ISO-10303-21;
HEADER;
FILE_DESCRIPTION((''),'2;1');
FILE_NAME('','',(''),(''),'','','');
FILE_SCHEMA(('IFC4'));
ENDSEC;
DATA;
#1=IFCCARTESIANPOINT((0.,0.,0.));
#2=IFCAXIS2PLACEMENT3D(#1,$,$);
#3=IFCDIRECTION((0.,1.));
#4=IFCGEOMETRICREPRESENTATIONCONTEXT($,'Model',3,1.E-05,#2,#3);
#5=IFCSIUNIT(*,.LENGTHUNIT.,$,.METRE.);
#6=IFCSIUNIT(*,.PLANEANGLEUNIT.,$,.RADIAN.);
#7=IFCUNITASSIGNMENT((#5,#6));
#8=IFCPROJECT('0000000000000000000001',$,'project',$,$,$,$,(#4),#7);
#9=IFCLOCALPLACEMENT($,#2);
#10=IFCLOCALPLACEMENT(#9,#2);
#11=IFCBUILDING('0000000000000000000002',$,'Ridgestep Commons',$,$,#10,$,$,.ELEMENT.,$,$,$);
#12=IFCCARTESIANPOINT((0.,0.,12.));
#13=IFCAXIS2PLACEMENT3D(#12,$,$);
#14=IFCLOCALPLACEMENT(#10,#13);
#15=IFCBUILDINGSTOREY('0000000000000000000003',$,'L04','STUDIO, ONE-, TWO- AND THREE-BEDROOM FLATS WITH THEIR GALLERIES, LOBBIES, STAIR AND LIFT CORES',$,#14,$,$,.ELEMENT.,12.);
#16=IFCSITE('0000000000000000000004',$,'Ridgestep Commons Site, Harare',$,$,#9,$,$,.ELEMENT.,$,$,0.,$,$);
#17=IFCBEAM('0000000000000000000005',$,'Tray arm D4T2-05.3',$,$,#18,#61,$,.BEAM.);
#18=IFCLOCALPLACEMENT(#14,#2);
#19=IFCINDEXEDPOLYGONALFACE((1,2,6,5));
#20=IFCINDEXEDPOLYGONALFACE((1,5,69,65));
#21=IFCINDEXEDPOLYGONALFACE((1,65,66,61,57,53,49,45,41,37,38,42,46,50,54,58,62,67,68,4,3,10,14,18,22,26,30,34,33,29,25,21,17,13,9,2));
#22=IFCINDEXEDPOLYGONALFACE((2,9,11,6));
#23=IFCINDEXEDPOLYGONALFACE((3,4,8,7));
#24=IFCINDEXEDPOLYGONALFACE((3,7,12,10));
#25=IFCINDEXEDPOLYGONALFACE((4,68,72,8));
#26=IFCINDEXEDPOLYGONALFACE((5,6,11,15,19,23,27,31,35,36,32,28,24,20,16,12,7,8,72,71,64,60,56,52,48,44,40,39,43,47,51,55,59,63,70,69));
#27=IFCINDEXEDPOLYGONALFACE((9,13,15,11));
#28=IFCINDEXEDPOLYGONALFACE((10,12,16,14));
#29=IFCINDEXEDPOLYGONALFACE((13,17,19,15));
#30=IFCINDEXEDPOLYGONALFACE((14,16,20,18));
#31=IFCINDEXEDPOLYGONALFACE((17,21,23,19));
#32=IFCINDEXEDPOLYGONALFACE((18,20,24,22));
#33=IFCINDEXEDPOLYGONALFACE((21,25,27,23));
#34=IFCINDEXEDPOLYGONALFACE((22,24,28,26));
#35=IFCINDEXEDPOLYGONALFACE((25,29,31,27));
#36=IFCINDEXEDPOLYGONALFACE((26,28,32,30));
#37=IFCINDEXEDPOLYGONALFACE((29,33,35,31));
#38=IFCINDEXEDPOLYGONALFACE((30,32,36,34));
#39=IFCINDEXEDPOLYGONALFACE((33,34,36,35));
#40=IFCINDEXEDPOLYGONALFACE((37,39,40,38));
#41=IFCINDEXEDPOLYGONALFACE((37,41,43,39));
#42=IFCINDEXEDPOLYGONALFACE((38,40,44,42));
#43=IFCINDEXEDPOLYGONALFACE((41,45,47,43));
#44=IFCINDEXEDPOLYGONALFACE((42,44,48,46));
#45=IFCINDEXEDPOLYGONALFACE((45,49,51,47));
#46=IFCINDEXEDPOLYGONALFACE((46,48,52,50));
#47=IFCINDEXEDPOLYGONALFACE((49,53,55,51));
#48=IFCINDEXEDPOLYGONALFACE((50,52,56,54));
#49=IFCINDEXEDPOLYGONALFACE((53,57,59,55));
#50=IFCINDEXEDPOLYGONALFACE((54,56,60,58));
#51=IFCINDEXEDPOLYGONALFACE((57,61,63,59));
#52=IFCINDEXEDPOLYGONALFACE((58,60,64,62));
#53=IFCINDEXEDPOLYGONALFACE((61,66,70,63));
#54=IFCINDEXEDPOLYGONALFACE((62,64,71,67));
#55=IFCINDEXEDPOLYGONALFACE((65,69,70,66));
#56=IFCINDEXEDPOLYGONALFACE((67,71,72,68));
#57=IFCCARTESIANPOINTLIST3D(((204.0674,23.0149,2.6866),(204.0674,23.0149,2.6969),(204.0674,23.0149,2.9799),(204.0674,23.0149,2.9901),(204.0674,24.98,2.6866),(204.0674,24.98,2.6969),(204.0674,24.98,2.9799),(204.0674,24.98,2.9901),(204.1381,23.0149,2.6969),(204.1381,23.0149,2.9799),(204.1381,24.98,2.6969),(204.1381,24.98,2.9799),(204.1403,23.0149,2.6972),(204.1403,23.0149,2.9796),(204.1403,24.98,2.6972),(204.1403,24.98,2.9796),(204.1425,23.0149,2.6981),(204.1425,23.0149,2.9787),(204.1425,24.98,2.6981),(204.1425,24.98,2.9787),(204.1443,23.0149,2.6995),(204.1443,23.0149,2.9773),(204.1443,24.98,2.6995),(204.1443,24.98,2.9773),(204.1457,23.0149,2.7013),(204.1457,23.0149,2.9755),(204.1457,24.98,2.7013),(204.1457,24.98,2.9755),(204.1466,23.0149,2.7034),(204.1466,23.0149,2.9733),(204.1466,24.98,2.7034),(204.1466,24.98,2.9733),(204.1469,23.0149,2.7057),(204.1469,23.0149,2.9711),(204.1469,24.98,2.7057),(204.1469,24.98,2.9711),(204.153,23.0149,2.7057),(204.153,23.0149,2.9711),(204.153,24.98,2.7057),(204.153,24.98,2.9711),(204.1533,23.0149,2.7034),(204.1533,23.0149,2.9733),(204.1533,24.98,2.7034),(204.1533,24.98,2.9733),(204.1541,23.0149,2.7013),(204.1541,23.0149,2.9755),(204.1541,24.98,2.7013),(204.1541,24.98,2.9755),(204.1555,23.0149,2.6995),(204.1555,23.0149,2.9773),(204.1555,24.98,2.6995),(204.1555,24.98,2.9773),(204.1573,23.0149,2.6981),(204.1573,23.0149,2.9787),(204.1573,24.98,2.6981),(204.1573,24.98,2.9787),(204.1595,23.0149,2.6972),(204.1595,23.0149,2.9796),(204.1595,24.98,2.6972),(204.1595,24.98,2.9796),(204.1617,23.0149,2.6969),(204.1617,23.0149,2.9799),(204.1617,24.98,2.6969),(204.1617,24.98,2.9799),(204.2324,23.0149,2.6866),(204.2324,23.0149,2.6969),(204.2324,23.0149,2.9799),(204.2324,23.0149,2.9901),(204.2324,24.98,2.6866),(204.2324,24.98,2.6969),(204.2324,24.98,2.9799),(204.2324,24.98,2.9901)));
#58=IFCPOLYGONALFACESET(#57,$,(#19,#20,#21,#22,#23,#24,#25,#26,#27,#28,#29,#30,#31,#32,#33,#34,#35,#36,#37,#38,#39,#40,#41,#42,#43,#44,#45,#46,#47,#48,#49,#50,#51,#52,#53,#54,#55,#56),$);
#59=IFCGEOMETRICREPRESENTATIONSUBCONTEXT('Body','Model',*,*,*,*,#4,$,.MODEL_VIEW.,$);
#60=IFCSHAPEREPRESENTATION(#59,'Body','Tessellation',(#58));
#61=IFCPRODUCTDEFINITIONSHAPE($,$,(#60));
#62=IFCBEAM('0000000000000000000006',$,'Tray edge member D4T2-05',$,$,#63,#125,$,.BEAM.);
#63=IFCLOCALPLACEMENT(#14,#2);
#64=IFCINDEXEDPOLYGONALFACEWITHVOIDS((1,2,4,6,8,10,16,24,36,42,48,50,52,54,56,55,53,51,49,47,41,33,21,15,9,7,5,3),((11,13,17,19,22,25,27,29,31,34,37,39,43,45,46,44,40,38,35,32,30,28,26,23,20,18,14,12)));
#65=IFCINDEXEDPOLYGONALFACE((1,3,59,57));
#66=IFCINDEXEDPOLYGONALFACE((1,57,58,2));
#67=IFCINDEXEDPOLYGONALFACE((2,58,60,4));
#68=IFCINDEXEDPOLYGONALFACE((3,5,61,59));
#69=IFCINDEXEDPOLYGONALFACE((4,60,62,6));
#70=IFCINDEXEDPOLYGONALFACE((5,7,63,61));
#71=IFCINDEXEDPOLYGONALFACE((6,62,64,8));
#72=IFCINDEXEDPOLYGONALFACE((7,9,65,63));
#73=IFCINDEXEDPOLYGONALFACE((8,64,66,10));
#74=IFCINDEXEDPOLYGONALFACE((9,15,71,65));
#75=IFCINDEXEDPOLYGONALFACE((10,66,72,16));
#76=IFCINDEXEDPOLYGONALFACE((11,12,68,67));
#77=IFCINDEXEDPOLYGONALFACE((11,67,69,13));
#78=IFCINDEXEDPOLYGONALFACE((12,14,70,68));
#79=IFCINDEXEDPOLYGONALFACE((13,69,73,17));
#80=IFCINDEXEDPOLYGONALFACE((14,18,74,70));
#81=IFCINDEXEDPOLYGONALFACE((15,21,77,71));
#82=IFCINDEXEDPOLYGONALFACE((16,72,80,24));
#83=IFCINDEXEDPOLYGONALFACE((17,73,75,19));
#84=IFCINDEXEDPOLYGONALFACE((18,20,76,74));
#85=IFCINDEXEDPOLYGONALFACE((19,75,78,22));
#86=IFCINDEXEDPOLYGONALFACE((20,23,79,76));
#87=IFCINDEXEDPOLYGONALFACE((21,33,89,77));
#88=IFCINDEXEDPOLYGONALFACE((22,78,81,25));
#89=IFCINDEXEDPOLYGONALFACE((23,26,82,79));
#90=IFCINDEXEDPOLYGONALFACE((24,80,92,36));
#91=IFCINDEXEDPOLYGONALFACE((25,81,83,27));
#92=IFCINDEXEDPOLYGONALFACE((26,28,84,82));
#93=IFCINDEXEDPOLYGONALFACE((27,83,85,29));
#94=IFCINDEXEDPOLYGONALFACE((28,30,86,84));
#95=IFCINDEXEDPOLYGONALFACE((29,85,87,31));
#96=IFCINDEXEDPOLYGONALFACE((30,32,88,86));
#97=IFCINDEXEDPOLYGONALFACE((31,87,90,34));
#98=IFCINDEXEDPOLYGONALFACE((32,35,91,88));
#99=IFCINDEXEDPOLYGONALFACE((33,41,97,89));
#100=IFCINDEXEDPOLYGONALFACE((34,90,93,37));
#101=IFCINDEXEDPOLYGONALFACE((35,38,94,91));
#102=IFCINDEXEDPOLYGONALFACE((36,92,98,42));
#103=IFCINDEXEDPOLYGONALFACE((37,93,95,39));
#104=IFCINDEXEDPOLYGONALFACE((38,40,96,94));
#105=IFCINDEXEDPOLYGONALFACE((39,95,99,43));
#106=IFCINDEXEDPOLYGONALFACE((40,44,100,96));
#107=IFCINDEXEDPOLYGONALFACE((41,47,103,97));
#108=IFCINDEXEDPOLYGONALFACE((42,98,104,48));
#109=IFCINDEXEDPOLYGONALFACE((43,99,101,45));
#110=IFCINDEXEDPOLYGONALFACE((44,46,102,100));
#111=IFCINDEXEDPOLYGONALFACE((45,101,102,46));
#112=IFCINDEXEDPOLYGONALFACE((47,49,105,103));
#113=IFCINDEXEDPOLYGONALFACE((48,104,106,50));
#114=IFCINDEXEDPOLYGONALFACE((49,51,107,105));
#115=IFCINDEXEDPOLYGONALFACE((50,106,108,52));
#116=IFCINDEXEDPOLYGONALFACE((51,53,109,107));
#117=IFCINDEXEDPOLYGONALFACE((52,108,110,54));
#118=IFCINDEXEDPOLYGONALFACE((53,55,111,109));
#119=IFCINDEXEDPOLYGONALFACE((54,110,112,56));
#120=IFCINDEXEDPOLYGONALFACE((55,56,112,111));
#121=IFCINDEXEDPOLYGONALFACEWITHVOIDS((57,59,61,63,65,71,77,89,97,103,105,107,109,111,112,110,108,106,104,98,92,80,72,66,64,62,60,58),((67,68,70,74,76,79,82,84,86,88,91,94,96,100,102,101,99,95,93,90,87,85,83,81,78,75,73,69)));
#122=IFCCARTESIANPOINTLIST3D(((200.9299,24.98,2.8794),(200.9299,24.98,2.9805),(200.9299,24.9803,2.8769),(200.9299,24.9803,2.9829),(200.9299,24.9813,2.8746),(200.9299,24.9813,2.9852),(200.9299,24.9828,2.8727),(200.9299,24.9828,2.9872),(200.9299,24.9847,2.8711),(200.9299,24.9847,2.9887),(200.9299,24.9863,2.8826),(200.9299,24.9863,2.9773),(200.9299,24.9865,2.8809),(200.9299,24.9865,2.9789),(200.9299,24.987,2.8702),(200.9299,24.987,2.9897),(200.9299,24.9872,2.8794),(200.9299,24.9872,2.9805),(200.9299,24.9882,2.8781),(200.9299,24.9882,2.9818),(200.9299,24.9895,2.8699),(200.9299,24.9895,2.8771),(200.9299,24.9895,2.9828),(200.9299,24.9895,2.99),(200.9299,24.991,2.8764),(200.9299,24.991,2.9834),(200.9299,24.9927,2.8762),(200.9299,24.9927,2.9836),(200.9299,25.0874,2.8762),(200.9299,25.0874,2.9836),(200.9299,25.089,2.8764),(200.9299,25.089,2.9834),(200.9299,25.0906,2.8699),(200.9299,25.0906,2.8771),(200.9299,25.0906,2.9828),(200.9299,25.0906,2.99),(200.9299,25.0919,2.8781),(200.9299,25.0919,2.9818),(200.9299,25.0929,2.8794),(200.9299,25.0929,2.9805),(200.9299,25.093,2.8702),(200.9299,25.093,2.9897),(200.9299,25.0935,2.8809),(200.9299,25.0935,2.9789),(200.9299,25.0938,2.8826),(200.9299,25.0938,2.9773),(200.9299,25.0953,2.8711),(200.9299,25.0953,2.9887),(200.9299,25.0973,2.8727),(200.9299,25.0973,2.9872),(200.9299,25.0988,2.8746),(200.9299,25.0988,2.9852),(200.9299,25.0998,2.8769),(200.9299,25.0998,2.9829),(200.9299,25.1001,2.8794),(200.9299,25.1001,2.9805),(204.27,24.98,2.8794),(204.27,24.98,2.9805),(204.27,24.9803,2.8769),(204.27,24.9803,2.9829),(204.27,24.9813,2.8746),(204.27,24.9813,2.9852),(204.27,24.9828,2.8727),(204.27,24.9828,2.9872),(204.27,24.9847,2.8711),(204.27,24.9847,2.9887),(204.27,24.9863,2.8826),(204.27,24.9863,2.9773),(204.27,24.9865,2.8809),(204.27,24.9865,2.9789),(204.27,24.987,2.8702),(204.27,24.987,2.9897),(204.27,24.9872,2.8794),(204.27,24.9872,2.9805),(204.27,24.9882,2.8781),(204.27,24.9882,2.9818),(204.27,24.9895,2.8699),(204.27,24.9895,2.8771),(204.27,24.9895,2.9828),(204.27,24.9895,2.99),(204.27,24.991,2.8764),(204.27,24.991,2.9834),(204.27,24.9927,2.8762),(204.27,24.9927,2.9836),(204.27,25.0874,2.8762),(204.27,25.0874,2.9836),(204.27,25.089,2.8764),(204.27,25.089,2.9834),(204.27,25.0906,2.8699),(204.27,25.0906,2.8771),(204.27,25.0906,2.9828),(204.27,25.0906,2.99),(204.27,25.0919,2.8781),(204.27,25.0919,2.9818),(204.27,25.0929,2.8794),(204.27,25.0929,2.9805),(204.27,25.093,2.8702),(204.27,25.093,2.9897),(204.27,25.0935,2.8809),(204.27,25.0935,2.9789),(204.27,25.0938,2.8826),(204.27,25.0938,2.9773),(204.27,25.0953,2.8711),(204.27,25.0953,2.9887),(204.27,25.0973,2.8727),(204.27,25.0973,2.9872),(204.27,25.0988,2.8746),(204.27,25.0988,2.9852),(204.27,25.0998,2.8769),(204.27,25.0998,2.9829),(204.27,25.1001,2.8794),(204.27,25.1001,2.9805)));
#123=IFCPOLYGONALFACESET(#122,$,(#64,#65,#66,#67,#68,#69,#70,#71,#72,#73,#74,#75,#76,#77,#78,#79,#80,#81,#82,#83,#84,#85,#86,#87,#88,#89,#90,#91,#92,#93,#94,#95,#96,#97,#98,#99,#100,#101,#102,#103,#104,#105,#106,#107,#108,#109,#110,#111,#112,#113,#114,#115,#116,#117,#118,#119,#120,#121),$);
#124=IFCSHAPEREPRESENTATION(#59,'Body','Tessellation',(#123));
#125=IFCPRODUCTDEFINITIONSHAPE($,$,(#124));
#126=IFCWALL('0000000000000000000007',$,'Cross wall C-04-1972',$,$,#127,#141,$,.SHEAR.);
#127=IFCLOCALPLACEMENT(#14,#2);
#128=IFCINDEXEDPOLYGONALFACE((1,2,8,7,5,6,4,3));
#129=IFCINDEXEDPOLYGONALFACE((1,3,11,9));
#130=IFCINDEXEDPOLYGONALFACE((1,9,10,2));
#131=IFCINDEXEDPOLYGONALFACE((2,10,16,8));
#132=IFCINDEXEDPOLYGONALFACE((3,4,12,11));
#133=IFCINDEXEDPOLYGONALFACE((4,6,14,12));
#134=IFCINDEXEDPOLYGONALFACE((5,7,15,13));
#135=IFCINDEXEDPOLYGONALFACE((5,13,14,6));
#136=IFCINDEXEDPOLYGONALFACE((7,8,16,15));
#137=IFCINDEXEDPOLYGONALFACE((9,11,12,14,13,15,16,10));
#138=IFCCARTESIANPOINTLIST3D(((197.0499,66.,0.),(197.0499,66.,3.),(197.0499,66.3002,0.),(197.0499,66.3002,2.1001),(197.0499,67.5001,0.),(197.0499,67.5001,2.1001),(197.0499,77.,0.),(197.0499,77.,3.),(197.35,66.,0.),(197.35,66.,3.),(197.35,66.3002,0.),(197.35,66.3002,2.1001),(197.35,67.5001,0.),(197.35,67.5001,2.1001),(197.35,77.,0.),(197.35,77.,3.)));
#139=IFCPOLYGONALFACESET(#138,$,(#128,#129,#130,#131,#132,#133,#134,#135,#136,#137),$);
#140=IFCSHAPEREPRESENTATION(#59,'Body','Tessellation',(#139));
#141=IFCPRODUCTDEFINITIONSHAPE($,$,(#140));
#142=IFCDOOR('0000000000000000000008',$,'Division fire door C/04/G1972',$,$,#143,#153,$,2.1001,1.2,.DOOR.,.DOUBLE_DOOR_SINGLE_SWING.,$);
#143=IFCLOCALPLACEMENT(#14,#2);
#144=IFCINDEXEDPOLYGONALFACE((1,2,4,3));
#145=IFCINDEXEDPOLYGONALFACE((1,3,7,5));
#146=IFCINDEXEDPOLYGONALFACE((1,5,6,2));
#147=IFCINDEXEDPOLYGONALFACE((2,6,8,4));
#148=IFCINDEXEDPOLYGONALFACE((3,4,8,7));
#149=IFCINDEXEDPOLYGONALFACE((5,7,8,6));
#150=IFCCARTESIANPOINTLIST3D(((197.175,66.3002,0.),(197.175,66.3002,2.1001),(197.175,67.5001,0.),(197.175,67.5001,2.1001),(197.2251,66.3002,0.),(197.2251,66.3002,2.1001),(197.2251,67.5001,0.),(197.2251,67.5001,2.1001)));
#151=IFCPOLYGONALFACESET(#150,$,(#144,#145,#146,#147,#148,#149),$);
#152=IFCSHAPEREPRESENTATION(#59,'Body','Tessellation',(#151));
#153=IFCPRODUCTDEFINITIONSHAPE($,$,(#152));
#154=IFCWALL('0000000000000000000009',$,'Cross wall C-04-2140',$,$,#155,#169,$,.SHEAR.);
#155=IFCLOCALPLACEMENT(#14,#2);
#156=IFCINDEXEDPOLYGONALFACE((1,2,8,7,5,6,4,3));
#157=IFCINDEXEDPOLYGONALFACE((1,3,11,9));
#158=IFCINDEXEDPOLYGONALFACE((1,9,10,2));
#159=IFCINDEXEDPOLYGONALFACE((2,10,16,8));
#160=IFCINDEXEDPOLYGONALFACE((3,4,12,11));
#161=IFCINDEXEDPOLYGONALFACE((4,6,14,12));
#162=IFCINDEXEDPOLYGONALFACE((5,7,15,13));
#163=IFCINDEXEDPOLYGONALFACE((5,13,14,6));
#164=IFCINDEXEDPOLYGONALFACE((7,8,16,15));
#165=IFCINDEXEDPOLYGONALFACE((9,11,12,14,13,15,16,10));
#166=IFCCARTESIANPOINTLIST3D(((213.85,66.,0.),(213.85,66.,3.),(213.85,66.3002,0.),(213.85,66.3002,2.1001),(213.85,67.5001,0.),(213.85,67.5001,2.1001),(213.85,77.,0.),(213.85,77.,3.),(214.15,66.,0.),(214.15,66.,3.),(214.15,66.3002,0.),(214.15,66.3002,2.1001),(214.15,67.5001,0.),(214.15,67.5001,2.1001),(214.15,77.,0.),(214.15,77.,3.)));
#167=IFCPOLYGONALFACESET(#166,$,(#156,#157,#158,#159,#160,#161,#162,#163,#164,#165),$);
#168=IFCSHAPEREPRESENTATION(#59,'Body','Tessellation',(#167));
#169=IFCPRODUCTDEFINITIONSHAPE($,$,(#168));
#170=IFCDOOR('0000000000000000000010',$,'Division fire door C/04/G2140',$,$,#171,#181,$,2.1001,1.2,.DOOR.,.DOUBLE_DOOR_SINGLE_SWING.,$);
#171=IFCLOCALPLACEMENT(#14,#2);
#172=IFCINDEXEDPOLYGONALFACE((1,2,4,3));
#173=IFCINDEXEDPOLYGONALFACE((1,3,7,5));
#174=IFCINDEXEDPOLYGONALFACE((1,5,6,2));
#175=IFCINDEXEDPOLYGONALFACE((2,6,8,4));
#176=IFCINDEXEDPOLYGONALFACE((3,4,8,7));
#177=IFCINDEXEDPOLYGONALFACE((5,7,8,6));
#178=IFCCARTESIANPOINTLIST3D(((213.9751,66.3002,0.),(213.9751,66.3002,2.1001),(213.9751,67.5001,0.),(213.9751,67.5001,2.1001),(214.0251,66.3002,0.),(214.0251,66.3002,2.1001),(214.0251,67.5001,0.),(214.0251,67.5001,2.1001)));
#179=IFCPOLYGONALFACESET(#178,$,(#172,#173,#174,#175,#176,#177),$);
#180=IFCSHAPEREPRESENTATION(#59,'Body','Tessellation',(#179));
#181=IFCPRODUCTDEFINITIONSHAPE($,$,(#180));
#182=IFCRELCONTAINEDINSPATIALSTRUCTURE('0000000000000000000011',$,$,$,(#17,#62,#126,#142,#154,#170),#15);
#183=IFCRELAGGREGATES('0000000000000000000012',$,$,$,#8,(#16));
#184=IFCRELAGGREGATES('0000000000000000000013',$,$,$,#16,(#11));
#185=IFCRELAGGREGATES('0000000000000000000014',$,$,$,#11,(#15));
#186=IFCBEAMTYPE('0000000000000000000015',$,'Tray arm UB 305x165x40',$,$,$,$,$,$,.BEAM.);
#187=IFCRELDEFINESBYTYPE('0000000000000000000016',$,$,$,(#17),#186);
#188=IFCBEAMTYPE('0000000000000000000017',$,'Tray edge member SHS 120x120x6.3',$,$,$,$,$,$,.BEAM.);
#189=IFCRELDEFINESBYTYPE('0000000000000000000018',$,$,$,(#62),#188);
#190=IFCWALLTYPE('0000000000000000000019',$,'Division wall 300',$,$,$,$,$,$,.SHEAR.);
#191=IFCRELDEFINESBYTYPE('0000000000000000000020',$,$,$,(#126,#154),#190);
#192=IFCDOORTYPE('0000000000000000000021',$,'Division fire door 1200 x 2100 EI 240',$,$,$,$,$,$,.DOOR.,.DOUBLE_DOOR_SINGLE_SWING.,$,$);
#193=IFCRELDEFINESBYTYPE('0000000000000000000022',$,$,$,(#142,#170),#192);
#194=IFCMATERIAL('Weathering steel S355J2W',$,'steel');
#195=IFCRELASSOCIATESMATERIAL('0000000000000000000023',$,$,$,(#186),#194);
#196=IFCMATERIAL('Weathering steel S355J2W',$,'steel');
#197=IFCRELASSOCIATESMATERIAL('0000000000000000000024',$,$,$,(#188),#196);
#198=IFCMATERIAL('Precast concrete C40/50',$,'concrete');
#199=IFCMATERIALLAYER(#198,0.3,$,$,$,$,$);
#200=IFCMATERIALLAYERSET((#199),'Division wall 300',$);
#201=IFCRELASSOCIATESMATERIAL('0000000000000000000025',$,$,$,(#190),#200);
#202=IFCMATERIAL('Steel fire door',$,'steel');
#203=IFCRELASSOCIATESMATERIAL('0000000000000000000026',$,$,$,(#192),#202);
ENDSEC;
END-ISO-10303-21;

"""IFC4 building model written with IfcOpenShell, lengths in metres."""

from ifc_helpers import new_model, si_unit, direction, frame, frame_2d, origin, origin_2d, place, context, subcontext, project, spatial, rectangle, hollow_rectangle, i_section, extrude, material, layer, layer_set, material_profile, profile_set, type_object, element, fill, save


model = new_model("IFC4")

# Units and contexts
model_context = context("Model", 3, precision=1e-05, world=origin(), true_north=direction((0.0, 1.0)))
body_context = subcontext(model_context, "Body", "Model", "MODEL_VIEW")
ifc_project = project(units=[si_unit("LENGTHUNIT", "METRE"), si_unit("PLANEANGLEUNIT", "RADIAN")], contexts=[model_context])

# Site, building, storey
site_placement = place(None, origin())
site = spatial("IfcSite", under=ifc_project, at=site_placement, Name="Ridgestep Commons Site, Harare", CompositionType="ELEMENT", RefElevation=0.0)
building_placement = place(site_placement, origin())
building = spatial("IfcBuilding", under=site, at=building_placement, Name="Ridgestep Commons", CompositionType="ELEMENT")
storey_placement = place(building_placement, frame((0.0, 0.0, 12.0)))
storey = spatial("IfcBuildingStorey", under=building, at=storey_placement, Name="L04", Description="STUDIO, ONE-, TWO- AND THREE-BEDROOM FLATS WITH THEIR GALLERIES, LOBBIES, STAIR AND LIFT CORES", CompositionType="ELEMENT", Elevation=12.0)

# Beams
ifc_material_1 = material(Name="Weathering steel S355J2W", Category="steel")
ifc_material_profile_1 = material_profile(ifc_material_1, i_section(OverallWidth=0.165, OverallDepth=0.3035, WebThickness=0.0061, FlangeThickness=0.0103, FilletRadius=0.0088, at=origin_2d()), Name="UB 305x165x40")
ifc_profile_set_1 = profile_set([ifc_material_profile_1], Name="Weathering steel S355J2W")
beam_type_1 = type_object("IfcBeamType", Name="Tray arm UB 305x165x40", PredefinedType="BEAM", material=ifc_profile_set_1)
beam_1_placement = place(storey_placement, frame((204.1499, 23.0149, 2.8384), z_axis=(0.0, 1.0, 0.0), x_axis=(-1.0, 0.0, 0.0)))
element("IfcBeam", 1, at=beam_1_placement, inside=storey, type_object=beam_type_1, Name="Tray arm D4T2-05.3", PredefinedType="BEAM", context=body_context, shape_type="SweptSolid", body=[
    extrude(i_section(OverallWidth=0.165, OverallDepth=0.3035, WebThickness=0.0061, FlangeThickness=0.0103, FilletRadius=0.0088, at=origin_2d()), origin(), (0.0, 0.0, 1.0), 1.9651),
])
ifc_material_2 = material(Name="Weathering steel S355J2W", Category="steel")
ifc_material_profile_2 = material_profile(ifc_material_2, hollow_rectangle(XDim=0.1201, YDim=0.1201, WallThickness=0.0063, InnerFilletRadius=0.0063, OuterFilletRadius=0.0095, at=origin_2d()), Name="SHS 120x120x6.3")
ifc_profile_set_2 = profile_set([ifc_material_profile_2], Name="Weathering steel S355J2W")
beam_type_2 = type_object("IfcBeamType", Name="Tray edge member SHS 120x120x6.3", PredefinedType="BEAM", material=ifc_profile_set_2)
beam_2_placement = place(storey_placement, frame((200.9299, 25.04, 2.9299), z_axis=(1.0, 0.0, 0.0), x_axis=(0.0, 0.0, 1.0)))
element("IfcBeam", 2, at=beam_2_placement, inside=storey, type_object=beam_type_2, Name="Tray edge member D4T2-05", PredefinedType="BEAM", context=body_context, shape_type="SweptSolid", body=[
    extrude(hollow_rectangle(XDim=0.1201, YDim=0.1201, WallThickness=0.0063, InnerFilletRadius=0.0063, OuterFilletRadius=0.0095, at=origin_2d()), origin(), (0.0, 0.0, 1.0), 3.3401),
])

# Walls, openings, doors
ifc_material_3 = material(Name="Precast concrete C40/50", Category="concrete")
ifc_layer_1 = layer(ifc_material_3, 0.3)
ifc_layer_set_1 = layer_set([ifc_layer_1], Name="Division wall 300")
wall_type_1 = type_object("IfcWallType", Name="Division wall 300", PredefinedType="SHEAR", material=ifc_layer_set_1)
wall_1_placement = place(storey_placement, frame((197.2, 66.0, 0.0), z_axis=(0.0, 0.0, 1.0), x_axis=(0.0, 1.0, 0.0)))
wall_1 = element("IfcWall", 3, at=wall_1_placement, inside=storey, type_object=wall_type_1, Name="Cross wall C-04-1972", PredefinedType="SHEAR", context=body_context, shape_type="SweptSolid", body=[
    extrude(rectangle(XDim=11.0, YDim=0.3, at=frame_2d((5.5, 0.0))), origin(), (0.0, 0.0, 1.0), 3.0),
])
opening_1_placement = place(wall_1_placement, frame((0.3, 0.0, 0.0)))
opening_1 = element("IfcOpeningElement", 4, at=opening_1_placement, cuts=wall_1, PredefinedType="OPENING", context=body_context, shape_type="SweptSolid", body=[
    extrude(rectangle(XDim=1.2, YDim=2.1001, at=frame_2d((0.6001, 1.05))), frame((0.0, 0.1599, 0.0), z_axis=(0.0, -1.0, 0.0), x_axis=(1.0, 0.0, 0.0)), (0.0, 0.0, 1.0), 0.3201),
])
ifc_material_4 = material(Name="Steel fire door", Category="steel")
door_type = type_object("IfcDoorType", Name="Division fire door 1200 x 2100 EI 240", OperationType="DOUBLE_DOOR_SINGLE_SWING", PredefinedType="DOOR", material=ifc_material_4)
door_1_placement = place(opening_1_placement, origin())
door_1 = element("IfcDoor", 5, at=door_1_placement, inside=storey, type_object=door_type, Name="Division fire door C/04/G1972", OperationType="DOUBLE_DOOR_SINGLE_SWING", OverallHeight=2.1001, OverallWidth=1.2, PredefinedType="DOOR", context=body_context, shape_type="SweptSolid", body=[
    extrude(rectangle(XDim=1.2, YDim=2.1001, at=frame_2d((0.6001, 1.05))), frame((0.0, 0.0249, 0.0), z_axis=(0.0, -1.0, 0.0), x_axis=(1.0, 0.0, 0.0)), (0.0, 0.0, 1.0), 0.05),
])
fill(opening_1, door_1)
wall_2_placement = place(storey_placement, frame((214.0, 66.0, 0.0), z_axis=(0.0, 0.0, 1.0), x_axis=(0.0, 1.0, 0.0)))
wall_2 = element("IfcWall", 6, at=wall_2_placement, inside=storey, type_object=wall_type_1, Name="Cross wall C-04-2140", PredefinedType="SHEAR", context=body_context, shape_type="SweptSolid", body=[
    extrude(rectangle(XDim=11.0, YDim=0.3, at=frame_2d((5.5, 0.0))), origin(), (0.0, 0.0, 1.0), 3.0),
])
opening_2_placement = place(wall_2_placement, frame((0.3, 0.0, 0.0)))
opening_2 = element("IfcOpeningElement", 7, at=opening_2_placement, cuts=wall_2, PredefinedType="OPENING", context=body_context, shape_type="SweptSolid", body=[
    extrude(rectangle(XDim=1.2, YDim=2.1001, at=frame_2d((0.6001, 1.05))), frame((0.0, 0.1599, 0.0), z_axis=(0.0, -1.0, 0.0), x_axis=(1.0, 0.0, 0.0)), (0.0, 0.0, 1.0), 0.3201),
])
door_2_placement = place(opening_2_placement, origin())
door_2 = element("IfcDoor", 8, at=door_2_placement, inside=storey, type_object=door_type, Name="Division fire door C/04/G2140", OperationType="DOUBLE_DOOR_SINGLE_SWING", OverallHeight=2.1001, OverallWidth=1.2, PredefinedType="DOOR", context=body_context, shape_type="SweptSolid", body=[
    extrude(rectangle(XDim=1.2, YDim=2.1001, at=frame_2d((0.6001, 1.05))), frame((0.0, 0.0249, 0.0), z_axis=(0.0, -1.0, 0.0), x_axis=(1.0, 0.0, 0.0)), (0.0, 0.0, 1.0), 0.05),
])
fill(opening_2, door_2)

save(model, "model.ifc")
